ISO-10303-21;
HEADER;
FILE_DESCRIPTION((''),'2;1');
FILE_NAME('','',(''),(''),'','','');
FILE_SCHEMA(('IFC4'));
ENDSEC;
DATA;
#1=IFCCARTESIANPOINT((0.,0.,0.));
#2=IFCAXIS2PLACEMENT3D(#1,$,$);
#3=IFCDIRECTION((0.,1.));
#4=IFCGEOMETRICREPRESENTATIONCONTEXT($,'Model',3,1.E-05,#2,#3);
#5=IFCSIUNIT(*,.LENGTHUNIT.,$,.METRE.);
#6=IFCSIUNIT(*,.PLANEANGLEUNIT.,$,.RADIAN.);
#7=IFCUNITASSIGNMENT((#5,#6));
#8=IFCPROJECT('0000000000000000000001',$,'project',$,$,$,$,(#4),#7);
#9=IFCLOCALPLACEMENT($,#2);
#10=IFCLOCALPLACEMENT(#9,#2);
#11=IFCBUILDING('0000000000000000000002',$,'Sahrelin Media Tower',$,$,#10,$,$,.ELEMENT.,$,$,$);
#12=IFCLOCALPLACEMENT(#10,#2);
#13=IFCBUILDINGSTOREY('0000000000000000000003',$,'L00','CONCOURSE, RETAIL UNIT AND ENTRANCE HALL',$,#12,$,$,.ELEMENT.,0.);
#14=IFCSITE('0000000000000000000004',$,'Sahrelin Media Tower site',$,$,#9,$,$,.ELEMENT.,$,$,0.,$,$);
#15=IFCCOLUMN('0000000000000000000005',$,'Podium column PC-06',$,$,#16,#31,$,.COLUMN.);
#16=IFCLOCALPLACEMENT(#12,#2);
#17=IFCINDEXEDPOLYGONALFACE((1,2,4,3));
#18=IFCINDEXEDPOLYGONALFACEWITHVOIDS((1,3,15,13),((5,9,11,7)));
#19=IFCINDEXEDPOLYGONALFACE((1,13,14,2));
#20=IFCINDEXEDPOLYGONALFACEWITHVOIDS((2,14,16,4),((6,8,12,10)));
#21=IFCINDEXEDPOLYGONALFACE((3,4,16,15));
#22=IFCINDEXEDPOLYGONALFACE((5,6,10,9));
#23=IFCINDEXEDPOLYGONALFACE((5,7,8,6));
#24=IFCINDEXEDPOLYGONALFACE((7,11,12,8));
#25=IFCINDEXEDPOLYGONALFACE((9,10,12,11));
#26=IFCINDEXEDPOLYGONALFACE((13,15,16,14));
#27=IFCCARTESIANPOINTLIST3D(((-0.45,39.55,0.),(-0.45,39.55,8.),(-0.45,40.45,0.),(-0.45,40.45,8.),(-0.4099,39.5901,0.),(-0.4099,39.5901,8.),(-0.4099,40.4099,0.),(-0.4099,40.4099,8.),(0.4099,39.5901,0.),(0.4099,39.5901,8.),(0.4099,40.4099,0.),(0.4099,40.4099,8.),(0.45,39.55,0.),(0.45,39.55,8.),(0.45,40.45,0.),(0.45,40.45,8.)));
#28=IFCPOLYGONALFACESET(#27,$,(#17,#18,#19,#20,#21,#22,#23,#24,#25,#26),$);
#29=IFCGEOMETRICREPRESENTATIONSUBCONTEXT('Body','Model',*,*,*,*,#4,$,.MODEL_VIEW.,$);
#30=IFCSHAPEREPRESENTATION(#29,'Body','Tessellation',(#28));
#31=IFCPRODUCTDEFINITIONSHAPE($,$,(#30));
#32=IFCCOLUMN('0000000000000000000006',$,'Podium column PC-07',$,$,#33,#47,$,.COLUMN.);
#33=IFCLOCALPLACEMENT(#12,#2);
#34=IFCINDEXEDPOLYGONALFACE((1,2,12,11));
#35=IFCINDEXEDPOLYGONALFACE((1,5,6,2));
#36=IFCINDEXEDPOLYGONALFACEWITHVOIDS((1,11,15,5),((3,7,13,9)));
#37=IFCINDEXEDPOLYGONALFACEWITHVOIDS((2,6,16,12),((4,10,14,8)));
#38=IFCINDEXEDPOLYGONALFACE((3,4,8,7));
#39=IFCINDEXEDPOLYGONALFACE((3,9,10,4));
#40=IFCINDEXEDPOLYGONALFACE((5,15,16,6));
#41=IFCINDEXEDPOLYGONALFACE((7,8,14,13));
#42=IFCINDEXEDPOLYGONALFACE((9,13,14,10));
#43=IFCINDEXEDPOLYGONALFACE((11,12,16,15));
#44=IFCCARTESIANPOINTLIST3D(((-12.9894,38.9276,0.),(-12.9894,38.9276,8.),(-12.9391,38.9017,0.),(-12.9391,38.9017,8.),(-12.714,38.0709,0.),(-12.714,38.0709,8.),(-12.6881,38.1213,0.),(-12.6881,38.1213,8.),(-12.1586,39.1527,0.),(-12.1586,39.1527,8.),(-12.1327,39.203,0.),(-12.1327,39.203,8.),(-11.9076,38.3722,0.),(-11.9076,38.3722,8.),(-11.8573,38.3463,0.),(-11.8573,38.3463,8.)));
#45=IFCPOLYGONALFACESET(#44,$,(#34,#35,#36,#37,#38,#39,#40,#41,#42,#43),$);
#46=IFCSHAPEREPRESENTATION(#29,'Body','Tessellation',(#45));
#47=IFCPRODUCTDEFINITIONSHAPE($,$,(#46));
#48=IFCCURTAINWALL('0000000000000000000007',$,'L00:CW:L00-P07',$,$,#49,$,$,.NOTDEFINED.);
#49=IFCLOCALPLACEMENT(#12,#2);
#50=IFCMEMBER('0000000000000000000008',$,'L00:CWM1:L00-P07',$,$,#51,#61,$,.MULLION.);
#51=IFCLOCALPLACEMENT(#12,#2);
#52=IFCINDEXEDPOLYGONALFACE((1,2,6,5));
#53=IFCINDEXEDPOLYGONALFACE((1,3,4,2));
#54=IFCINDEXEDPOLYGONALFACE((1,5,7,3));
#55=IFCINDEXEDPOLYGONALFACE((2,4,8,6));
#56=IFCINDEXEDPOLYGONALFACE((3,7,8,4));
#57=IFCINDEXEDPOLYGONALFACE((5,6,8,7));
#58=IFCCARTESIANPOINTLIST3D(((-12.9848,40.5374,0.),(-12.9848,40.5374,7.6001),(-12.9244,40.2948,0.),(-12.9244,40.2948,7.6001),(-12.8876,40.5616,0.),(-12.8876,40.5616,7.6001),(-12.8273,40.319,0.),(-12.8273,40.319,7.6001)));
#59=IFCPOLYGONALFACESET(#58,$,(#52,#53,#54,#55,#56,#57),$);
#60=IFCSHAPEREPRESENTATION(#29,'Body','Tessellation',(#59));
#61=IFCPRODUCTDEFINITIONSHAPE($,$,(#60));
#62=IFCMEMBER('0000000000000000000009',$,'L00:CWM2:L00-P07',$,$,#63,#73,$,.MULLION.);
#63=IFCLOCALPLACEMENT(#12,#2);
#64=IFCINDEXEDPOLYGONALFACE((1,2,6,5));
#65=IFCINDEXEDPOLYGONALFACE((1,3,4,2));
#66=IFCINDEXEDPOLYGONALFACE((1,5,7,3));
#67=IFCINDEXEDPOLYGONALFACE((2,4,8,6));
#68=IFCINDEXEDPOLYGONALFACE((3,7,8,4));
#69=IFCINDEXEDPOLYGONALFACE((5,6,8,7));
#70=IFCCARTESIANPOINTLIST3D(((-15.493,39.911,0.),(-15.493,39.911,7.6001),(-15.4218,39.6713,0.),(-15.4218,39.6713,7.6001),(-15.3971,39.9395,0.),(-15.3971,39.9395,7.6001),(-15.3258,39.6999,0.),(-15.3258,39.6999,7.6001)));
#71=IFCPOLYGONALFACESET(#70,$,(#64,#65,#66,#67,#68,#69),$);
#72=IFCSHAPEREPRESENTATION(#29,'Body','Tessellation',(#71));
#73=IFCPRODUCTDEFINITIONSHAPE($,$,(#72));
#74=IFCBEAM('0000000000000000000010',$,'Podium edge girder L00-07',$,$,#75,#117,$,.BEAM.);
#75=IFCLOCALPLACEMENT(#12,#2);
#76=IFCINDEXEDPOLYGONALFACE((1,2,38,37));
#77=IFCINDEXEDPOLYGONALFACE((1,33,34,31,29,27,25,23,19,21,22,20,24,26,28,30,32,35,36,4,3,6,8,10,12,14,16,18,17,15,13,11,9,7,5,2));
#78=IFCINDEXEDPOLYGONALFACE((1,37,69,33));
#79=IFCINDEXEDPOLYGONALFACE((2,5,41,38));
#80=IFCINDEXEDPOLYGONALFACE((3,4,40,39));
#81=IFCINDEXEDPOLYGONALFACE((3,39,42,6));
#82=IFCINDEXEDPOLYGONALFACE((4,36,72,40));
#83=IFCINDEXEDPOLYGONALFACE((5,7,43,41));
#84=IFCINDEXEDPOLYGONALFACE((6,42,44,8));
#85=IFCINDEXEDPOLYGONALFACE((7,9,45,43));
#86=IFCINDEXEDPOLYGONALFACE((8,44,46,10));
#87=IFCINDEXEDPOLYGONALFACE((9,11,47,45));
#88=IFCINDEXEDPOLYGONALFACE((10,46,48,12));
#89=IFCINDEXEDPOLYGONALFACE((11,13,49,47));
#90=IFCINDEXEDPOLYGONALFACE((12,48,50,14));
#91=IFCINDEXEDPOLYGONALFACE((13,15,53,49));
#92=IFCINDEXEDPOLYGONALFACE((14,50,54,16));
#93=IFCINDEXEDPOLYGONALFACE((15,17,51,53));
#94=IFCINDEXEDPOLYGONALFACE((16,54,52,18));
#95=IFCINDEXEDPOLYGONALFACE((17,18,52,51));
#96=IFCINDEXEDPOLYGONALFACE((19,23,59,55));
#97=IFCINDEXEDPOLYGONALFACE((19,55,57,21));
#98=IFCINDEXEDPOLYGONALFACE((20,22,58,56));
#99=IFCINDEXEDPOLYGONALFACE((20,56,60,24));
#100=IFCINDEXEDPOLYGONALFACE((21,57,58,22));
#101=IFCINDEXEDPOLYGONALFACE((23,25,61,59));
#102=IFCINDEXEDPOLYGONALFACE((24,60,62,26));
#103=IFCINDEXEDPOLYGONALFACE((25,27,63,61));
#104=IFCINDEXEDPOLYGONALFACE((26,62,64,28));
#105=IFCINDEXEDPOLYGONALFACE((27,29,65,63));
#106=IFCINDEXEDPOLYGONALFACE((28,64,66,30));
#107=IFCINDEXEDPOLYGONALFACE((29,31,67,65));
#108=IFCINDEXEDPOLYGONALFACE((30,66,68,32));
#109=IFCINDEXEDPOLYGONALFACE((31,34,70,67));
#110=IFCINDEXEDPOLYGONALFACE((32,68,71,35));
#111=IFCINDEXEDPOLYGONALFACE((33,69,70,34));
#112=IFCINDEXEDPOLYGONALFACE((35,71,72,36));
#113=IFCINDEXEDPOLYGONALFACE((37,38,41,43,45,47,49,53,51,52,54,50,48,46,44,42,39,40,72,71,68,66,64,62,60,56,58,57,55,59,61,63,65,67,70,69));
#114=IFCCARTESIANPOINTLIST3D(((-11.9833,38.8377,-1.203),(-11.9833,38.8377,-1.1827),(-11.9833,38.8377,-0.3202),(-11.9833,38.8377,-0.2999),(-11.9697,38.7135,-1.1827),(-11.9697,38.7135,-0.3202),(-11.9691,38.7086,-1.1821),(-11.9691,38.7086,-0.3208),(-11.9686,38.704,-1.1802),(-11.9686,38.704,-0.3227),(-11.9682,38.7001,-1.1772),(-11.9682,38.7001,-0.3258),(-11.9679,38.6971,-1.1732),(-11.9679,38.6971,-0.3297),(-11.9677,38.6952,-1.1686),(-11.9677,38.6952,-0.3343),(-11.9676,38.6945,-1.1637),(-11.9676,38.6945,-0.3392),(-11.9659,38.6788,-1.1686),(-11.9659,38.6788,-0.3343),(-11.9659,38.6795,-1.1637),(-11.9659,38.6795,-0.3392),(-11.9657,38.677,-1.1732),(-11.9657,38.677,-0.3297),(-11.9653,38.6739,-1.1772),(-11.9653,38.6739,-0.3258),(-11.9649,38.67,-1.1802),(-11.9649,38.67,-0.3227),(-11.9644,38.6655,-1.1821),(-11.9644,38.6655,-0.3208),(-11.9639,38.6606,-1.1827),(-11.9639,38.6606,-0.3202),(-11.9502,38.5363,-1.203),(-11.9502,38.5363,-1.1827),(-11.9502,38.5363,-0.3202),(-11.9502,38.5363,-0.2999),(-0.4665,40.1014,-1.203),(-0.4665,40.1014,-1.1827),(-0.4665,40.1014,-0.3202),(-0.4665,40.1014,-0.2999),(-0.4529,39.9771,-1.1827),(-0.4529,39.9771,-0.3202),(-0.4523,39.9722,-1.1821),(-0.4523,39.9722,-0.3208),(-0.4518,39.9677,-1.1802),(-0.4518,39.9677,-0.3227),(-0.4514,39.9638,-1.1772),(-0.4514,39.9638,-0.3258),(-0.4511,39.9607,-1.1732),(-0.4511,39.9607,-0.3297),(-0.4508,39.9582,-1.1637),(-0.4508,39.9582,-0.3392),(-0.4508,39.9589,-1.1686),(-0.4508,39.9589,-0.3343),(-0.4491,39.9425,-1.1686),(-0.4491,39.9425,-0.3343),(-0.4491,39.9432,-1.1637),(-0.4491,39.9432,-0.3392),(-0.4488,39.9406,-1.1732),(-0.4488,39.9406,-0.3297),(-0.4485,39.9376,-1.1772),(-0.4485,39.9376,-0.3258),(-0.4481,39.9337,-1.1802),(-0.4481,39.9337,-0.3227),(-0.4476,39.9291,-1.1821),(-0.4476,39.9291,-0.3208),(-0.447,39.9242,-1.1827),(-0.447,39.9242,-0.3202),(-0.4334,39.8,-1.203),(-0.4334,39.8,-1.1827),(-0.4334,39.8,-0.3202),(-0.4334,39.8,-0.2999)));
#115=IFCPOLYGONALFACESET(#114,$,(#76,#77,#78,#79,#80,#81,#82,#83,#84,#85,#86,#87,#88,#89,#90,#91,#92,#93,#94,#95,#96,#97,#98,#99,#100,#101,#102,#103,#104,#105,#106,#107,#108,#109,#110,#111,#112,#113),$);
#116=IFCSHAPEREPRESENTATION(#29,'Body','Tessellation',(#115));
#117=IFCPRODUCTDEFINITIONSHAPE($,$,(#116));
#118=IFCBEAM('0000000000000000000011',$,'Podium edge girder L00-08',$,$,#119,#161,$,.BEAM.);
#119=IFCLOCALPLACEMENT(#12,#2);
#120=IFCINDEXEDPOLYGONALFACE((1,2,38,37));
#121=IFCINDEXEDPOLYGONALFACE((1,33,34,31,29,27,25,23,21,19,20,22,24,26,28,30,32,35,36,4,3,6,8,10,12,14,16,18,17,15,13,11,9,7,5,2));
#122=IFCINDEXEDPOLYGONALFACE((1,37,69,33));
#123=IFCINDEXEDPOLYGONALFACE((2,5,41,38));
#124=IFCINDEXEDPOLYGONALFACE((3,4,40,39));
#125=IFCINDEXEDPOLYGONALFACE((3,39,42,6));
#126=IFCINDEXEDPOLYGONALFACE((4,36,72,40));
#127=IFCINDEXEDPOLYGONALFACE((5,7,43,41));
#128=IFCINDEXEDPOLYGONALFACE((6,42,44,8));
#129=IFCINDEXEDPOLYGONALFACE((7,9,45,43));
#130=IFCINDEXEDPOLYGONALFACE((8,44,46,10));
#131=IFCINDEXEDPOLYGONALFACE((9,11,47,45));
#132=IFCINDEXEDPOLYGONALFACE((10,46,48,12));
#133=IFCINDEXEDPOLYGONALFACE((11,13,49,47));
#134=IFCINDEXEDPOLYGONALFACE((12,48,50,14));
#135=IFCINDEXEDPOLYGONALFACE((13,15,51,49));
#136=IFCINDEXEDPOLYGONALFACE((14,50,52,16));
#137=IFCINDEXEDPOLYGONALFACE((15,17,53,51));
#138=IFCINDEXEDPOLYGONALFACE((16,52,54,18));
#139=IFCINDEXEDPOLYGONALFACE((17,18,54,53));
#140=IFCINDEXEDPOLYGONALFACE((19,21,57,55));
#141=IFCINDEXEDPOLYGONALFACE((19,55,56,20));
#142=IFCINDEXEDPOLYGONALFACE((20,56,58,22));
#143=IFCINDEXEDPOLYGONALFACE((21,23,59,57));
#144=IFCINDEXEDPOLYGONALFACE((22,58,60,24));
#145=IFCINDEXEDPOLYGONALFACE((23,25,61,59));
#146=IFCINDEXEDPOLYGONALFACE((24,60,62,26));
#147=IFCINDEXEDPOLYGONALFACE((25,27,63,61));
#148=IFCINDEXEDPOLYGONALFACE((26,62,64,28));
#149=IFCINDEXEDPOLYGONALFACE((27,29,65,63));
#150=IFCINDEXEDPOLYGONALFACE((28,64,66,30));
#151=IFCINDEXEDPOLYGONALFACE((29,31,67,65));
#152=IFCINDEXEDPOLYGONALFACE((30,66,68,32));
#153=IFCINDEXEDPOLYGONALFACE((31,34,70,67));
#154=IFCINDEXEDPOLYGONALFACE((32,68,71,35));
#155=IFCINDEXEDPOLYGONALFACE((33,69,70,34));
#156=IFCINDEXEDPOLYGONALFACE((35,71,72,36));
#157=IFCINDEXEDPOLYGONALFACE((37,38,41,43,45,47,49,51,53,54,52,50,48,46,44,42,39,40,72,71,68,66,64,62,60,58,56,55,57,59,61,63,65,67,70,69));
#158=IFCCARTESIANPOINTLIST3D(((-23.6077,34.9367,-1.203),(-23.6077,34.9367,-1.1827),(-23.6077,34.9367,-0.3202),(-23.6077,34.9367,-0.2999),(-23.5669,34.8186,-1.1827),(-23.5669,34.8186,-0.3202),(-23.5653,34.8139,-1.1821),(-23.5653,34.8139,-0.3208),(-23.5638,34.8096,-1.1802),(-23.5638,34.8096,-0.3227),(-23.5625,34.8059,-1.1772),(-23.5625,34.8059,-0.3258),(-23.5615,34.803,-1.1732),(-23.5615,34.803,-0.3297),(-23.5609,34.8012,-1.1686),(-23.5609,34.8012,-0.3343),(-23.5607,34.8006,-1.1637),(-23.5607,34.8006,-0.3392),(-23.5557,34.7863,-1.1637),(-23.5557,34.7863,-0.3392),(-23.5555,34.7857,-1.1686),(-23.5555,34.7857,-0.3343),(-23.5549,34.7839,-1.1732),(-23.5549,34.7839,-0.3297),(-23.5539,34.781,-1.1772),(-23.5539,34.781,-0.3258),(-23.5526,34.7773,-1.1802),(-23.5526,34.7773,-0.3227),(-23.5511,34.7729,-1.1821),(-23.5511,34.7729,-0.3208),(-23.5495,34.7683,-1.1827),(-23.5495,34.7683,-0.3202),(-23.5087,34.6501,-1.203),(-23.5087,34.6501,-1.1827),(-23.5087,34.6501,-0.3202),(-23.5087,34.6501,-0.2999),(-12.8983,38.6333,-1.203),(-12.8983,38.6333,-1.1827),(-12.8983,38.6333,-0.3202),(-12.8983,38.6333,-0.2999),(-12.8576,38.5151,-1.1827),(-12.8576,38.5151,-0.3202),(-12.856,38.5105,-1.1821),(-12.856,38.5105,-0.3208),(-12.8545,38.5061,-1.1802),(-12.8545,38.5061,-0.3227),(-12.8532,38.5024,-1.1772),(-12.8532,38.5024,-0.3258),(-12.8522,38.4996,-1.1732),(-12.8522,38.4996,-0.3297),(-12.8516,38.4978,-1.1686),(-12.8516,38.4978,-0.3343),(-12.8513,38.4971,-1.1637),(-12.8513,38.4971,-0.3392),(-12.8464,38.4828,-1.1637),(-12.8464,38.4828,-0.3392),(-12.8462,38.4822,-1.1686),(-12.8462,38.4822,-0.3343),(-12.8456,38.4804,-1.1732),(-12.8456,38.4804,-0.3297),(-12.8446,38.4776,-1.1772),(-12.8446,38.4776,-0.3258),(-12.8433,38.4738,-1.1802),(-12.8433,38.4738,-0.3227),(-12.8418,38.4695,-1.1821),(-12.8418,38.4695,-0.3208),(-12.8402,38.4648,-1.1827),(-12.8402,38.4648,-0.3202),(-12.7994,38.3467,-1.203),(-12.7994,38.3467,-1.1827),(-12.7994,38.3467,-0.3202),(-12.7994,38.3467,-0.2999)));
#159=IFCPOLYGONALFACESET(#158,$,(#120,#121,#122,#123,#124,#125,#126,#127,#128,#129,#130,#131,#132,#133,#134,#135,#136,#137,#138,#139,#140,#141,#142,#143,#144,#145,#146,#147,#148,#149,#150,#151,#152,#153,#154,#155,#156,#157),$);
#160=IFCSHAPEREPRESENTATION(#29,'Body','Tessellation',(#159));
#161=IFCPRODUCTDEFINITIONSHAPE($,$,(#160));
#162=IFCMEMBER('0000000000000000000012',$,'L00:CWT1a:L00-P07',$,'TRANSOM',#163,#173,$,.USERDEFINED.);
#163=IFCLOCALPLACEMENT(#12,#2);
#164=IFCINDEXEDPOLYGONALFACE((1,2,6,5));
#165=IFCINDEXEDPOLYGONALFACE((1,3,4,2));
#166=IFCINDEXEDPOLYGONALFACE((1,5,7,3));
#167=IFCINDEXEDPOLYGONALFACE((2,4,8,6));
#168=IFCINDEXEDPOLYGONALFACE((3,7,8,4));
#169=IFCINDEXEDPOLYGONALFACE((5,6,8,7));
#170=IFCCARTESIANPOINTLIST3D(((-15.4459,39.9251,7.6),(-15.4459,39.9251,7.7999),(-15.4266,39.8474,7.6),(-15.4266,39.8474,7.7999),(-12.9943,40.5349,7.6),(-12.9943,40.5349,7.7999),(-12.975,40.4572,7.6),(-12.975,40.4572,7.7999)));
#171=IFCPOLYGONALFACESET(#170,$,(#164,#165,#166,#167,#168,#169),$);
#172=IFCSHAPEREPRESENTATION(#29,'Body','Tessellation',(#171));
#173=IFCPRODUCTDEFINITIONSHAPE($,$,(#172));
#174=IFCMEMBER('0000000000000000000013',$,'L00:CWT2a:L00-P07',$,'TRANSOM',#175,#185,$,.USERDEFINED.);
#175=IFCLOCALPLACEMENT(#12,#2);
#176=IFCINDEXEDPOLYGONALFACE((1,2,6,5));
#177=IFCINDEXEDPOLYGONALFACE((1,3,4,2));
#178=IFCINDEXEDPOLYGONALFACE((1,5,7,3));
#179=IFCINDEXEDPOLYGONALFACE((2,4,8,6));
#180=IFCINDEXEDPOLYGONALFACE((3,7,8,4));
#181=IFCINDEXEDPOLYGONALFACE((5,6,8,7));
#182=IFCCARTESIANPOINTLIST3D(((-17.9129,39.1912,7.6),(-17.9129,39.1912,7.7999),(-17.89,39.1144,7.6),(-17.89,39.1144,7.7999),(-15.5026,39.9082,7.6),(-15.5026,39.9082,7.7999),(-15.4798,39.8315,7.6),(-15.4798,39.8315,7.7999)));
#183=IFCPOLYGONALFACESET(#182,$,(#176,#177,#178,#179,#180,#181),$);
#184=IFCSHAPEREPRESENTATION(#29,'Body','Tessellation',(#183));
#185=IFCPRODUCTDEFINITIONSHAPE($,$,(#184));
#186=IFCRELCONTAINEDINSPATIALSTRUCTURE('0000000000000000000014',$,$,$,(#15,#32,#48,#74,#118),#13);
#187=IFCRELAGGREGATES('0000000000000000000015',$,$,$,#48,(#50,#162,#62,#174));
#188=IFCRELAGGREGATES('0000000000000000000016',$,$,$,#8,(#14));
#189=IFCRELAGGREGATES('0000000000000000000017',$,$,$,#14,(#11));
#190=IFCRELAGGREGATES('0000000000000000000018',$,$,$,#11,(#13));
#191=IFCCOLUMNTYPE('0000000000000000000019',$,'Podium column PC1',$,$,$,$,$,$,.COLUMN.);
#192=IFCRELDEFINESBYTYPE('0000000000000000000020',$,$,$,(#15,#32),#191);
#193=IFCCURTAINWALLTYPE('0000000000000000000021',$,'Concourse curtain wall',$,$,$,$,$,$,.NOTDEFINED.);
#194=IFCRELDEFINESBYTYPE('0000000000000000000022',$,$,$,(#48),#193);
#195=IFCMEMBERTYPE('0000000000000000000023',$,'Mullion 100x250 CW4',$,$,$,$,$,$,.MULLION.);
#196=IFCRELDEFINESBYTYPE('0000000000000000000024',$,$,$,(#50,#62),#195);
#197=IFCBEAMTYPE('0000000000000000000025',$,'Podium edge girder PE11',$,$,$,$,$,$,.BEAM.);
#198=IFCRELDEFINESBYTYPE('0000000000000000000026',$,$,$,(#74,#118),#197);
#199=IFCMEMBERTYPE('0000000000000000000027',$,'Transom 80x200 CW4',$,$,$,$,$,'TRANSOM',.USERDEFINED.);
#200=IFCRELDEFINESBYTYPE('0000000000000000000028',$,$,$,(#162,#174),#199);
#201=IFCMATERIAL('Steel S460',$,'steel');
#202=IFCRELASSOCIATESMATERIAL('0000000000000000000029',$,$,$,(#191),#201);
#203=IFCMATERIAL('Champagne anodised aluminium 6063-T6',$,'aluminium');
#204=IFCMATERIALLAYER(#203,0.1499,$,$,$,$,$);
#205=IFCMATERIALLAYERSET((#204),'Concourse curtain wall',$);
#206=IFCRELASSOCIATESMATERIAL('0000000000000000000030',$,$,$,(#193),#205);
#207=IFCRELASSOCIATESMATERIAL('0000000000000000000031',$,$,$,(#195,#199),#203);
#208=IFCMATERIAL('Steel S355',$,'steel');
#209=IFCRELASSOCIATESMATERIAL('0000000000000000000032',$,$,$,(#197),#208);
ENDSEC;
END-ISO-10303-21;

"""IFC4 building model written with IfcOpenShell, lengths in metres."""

from ifc_helpers import new_model, si_unit, direction, frame, origin, origin_2d, place, context, subcontext, project, spatial, rectangle, hollow_rectangle, i_section, extrude, material, layer, layer_set, material_profile, profile_set, type_object, element, aggregate, save


model = new_model("IFC4")

# Units and contexts
model_context = context("Model", 3, precision=1e-05, world=origin(), true_north=direction((0.0, 1.0)))
body_context = subcontext(model_context, "Body", "Model", "MODEL_VIEW")
ifc_project = project(units=[si_unit("LENGTHUNIT", "METRE"), si_unit("PLANEANGLEUNIT", "RADIAN")], contexts=[model_context])

# Site, building, storey
site_placement = place(None, origin())
site = spatial("IfcSite", under=ifc_project, at=site_placement, Name="Sahrelin Media Tower site", CompositionType="ELEMENT", RefElevation=0.0)
building_placement = place(site_placement, origin())
building = spatial("IfcBuilding", under=site, at=building_placement, Name="Sahrelin Media Tower", CompositionType="ELEMENT")
storey_placement = place(building_placement, origin())
storey = spatial("IfcBuildingStorey", under=building, at=storey_placement, Name="L00", Description="CONCOURSE, RETAIL UNIT AND ENTRANCE HALL", CompositionType="ELEMENT", Elevation=0.0)

# Columns
ifc_material_1 = material(Name="Steel S460", Category="steel")
ifc_material_profile_1 = material_profile(ifc_material_1, hollow_rectangle(XDim=0.8999, YDim=0.8999, WallThickness=0.04, at=origin_2d()), Name="Podium column PC1")
ifc_profile_set_1 = profile_set([ifc_material_profile_1], Name="Steel S460")
column_type = type_object("IfcColumnType", Name="Podium column PC1", PredefinedType="COLUMN", material=ifc_profile_set_1)
for number, where, z_axis, x_axis, name in (
    (1, (0.0, 40.0, 0.0), (0.0, 0.0, 1.0), (0.0, 1.0, 0.0), "Podium column PC-06"),
    (2, (-12.4233, 38.637, 0.0), (0.0, 0.0, 1.0), (-0.306104, 0.951998, 0.0), "Podium column PC-07"),
):
    element("IfcColumn", number, at=place(storey_placement, frame(where, z_axis=z_axis, x_axis=x_axis)), inside=storey, type_object=column_type, Name=name, PredefinedType="COLUMN", context=body_context, shape_type="SweptSolid", body=[
        extrude(hollow_rectangle(XDim=0.8999, YDim=0.8999, WallThickness=0.04, at=origin_2d()), origin(), (0.0, 0.0, 1.0), 8.0),
    ])

# Curtain wall, members
ifc_material_2 = material(Name="Champagne anodised aluminium 6063-T6", Category="aluminium")
ifc_layer_1 = layer(ifc_material_2, 0.1499)
ifc_layer_set_1 = layer_set([ifc_layer_1], Name="Concourse curtain wall")
curtain_wall_type_1 = type_object("IfcCurtainWallType", Name="Concourse curtain wall", PredefinedType="NOTDEFINED", material=ifc_layer_set_1)
curtain_wall_1_placement = place(storey_placement, frame((-12.9409, 40.5688, 0.0), z_axis=(0.0, 0.0, 1.0), x_axis=(1.0, 0.0, 0.0)))
curtain_wall_1 = element("IfcCurtainWall", 3, at=curtain_wall_1_placement, inside=storey, type_object=curtain_wall_type_1, Name="L00:CW:L00-P07", PredefinedType="NOTDEFINED")
ifc_material_profile_2 = material_profile(ifc_material_2, rectangle(XDim=0.1001, YDim=0.25, at=origin_2d()), Name="Mullion 100x250")
ifc_profile_set_2 = profile_set([ifc_material_profile_2], Name="Champagne anodised aluminium 6063-T6")
member_type_1 = type_object("IfcMemberType", Name="Mullion 100x250 CW4", PredefinedType="MULLION", material=ifc_profile_set_2)
member_1_placement = place(storey_placement, frame((-12.906, 40.4282, 0.0), z_axis=(0.0, 0.0, 1.0), x_axis=(-0.97041, -0.241461, 0.0)))
member_1 = element("IfcMember", 4, at=member_1_placement, type_object=member_type_1, Name="L00:CWM1:L00-P07", PredefinedType="MULLION", context=body_context, shape_type="SweptSolid", body=[
    extrude(rectangle(XDim=0.1001, YDim=0.25, at=origin_2d()), origin(), (0.0, 0.0, 1.0), 7.6001),
])
member_2_placement = place(storey_placement, frame((-15.4094, 39.8054, 0.0), z_axis=(0.0, 0.0, 1.0), x_axis=(-0.958495, -0.28511, 0.0)))
member_2 = element("IfcMember", 5, at=member_2_placement, type_object=member_type_1, Name="L00:CWM2:L00-P07", PredefinedType="MULLION", context=body_context, shape_type="SweptSolid", body=[
    extrude(rectangle(XDim=0.1001, YDim=0.25, at=origin_2d()), origin(), (0.0, 0.0, 1.0), 7.6001),
])

# Beams
ifc_material_3 = material(Name="Steel S355", Category="steel")
ifc_material_profile_3 = material_profile(ifc_material_3, i_section(OverallWidth=0.3032, OverallDepth=0.9031, WebThickness=0.0151, FlangeThickness=0.0203, FilletRadius=0.019, at=origin_2d()), Name="UB 914x305x201")
ifc_profile_set_3 = profile_set([ifc_material_profile_3], Name="Steel S355")
beam_type = type_object("IfcBeamType", Name="Podium edge girder PE11", PredefinedType="BEAM", material=ifc_profile_set_3)
beam_1_placement = place(storey_placement, frame((-0.45, 39.9507, -0.7515), z_axis=(-0.994034, -0.109069, 0.0), x_axis=(0.109069, -0.994034, 0.0)))
element("IfcBeam", 6, at=beam_1_placement, inside=storey, type_object=beam_type, Name="Podium edge girder L00-07", PredefinedType="BEAM", context=body_context, shape_type="SweptSolid", body=[
    extrude(i_section(OverallWidth=0.3032, OverallDepth=0.9031, WebThickness=0.0151, FlangeThickness=0.0203, FilletRadius=0.019, at=origin_2d()), origin(), (0.0, 0.0, 1.0), 11.5859),
])
beam_2_placement = place(storey_placement, frame((-12.8489, 38.49, -0.7515), z_axis=(-0.945272, -0.326282, 0.0), x_axis=(0.326282, -0.945272, 0.0)))
element("IfcBeam", 7, at=beam_2_placement, inside=storey, type_object=beam_type, Name="Podium edge girder L00-08", PredefinedType="BEAM", context=body_context, shape_type="SweptSolid", body=[
    extrude(i_section(OverallWidth=0.3032, OverallDepth=0.9031, WebThickness=0.0151, FlangeThickness=0.0203, FilletRadius=0.019, at=origin_2d()), origin(), (0.0, 0.0, 1.0), 11.3293),
])

# Members
ifc_material_profile_4 = material_profile(ifc_material_2, rectangle(XDim=0.0801, YDim=0.2, at=origin_2d()), Name="Transom 80x200")
ifc_profile_set_4 = profile_set([ifc_material_profile_4], Name="Champagne anodised aluminium 6063-T6")
member_type_2 = type_object("IfcMemberType", Name="Transom 80x200 CW4", ElementType="TRANSOM", PredefinedType="USERDEFINED", material=ifc_profile_set_4)
member_3_placement = place(storey_placement, frame((-12.9846, 40.4961, 7.7), z_axis=(-0.970426, -0.241399, 0.0), x_axis=(0.241399, -0.970426, 0.0)))
member_3 = element("IfcMember", 8, at=member_3_placement, type_object=member_type_2, Name="L00:CWT1a:L00-P07", ObjectType="TRANSOM", PredefinedType="USERDEFINED", context=body_context, shape_type="SweptSolid", body=[
    extrude(rectangle(XDim=0.0801, YDim=0.2, at=origin_2d()), origin(), (0.0, 0.0, 1.0), 2.5264),
])
member_4_placement = place(storey_placement, frame((-15.4912, 39.8699, 7.7), z_axis=(-0.958481, -0.285156, 0.0), x_axis=(0.285156, -0.958481, 0.0)))
member_4 = element("IfcMember", 9, at=member_4_placement, type_object=member_type_2, Name="L00:CWT2a:L00-P07", ObjectType="TRANSOM", PredefinedType="USERDEFINED", context=body_context, shape_type="SweptSolid", body=[
    extrude(rectangle(XDim=0.0801, YDim=0.2, at=origin_2d()), origin(), (0.0, 0.0, 1.0), 2.5146),
])

aggregate(curtain_wall_1, [member_1, member_3, member_2, member_4])

save(model, "model.ifc")
